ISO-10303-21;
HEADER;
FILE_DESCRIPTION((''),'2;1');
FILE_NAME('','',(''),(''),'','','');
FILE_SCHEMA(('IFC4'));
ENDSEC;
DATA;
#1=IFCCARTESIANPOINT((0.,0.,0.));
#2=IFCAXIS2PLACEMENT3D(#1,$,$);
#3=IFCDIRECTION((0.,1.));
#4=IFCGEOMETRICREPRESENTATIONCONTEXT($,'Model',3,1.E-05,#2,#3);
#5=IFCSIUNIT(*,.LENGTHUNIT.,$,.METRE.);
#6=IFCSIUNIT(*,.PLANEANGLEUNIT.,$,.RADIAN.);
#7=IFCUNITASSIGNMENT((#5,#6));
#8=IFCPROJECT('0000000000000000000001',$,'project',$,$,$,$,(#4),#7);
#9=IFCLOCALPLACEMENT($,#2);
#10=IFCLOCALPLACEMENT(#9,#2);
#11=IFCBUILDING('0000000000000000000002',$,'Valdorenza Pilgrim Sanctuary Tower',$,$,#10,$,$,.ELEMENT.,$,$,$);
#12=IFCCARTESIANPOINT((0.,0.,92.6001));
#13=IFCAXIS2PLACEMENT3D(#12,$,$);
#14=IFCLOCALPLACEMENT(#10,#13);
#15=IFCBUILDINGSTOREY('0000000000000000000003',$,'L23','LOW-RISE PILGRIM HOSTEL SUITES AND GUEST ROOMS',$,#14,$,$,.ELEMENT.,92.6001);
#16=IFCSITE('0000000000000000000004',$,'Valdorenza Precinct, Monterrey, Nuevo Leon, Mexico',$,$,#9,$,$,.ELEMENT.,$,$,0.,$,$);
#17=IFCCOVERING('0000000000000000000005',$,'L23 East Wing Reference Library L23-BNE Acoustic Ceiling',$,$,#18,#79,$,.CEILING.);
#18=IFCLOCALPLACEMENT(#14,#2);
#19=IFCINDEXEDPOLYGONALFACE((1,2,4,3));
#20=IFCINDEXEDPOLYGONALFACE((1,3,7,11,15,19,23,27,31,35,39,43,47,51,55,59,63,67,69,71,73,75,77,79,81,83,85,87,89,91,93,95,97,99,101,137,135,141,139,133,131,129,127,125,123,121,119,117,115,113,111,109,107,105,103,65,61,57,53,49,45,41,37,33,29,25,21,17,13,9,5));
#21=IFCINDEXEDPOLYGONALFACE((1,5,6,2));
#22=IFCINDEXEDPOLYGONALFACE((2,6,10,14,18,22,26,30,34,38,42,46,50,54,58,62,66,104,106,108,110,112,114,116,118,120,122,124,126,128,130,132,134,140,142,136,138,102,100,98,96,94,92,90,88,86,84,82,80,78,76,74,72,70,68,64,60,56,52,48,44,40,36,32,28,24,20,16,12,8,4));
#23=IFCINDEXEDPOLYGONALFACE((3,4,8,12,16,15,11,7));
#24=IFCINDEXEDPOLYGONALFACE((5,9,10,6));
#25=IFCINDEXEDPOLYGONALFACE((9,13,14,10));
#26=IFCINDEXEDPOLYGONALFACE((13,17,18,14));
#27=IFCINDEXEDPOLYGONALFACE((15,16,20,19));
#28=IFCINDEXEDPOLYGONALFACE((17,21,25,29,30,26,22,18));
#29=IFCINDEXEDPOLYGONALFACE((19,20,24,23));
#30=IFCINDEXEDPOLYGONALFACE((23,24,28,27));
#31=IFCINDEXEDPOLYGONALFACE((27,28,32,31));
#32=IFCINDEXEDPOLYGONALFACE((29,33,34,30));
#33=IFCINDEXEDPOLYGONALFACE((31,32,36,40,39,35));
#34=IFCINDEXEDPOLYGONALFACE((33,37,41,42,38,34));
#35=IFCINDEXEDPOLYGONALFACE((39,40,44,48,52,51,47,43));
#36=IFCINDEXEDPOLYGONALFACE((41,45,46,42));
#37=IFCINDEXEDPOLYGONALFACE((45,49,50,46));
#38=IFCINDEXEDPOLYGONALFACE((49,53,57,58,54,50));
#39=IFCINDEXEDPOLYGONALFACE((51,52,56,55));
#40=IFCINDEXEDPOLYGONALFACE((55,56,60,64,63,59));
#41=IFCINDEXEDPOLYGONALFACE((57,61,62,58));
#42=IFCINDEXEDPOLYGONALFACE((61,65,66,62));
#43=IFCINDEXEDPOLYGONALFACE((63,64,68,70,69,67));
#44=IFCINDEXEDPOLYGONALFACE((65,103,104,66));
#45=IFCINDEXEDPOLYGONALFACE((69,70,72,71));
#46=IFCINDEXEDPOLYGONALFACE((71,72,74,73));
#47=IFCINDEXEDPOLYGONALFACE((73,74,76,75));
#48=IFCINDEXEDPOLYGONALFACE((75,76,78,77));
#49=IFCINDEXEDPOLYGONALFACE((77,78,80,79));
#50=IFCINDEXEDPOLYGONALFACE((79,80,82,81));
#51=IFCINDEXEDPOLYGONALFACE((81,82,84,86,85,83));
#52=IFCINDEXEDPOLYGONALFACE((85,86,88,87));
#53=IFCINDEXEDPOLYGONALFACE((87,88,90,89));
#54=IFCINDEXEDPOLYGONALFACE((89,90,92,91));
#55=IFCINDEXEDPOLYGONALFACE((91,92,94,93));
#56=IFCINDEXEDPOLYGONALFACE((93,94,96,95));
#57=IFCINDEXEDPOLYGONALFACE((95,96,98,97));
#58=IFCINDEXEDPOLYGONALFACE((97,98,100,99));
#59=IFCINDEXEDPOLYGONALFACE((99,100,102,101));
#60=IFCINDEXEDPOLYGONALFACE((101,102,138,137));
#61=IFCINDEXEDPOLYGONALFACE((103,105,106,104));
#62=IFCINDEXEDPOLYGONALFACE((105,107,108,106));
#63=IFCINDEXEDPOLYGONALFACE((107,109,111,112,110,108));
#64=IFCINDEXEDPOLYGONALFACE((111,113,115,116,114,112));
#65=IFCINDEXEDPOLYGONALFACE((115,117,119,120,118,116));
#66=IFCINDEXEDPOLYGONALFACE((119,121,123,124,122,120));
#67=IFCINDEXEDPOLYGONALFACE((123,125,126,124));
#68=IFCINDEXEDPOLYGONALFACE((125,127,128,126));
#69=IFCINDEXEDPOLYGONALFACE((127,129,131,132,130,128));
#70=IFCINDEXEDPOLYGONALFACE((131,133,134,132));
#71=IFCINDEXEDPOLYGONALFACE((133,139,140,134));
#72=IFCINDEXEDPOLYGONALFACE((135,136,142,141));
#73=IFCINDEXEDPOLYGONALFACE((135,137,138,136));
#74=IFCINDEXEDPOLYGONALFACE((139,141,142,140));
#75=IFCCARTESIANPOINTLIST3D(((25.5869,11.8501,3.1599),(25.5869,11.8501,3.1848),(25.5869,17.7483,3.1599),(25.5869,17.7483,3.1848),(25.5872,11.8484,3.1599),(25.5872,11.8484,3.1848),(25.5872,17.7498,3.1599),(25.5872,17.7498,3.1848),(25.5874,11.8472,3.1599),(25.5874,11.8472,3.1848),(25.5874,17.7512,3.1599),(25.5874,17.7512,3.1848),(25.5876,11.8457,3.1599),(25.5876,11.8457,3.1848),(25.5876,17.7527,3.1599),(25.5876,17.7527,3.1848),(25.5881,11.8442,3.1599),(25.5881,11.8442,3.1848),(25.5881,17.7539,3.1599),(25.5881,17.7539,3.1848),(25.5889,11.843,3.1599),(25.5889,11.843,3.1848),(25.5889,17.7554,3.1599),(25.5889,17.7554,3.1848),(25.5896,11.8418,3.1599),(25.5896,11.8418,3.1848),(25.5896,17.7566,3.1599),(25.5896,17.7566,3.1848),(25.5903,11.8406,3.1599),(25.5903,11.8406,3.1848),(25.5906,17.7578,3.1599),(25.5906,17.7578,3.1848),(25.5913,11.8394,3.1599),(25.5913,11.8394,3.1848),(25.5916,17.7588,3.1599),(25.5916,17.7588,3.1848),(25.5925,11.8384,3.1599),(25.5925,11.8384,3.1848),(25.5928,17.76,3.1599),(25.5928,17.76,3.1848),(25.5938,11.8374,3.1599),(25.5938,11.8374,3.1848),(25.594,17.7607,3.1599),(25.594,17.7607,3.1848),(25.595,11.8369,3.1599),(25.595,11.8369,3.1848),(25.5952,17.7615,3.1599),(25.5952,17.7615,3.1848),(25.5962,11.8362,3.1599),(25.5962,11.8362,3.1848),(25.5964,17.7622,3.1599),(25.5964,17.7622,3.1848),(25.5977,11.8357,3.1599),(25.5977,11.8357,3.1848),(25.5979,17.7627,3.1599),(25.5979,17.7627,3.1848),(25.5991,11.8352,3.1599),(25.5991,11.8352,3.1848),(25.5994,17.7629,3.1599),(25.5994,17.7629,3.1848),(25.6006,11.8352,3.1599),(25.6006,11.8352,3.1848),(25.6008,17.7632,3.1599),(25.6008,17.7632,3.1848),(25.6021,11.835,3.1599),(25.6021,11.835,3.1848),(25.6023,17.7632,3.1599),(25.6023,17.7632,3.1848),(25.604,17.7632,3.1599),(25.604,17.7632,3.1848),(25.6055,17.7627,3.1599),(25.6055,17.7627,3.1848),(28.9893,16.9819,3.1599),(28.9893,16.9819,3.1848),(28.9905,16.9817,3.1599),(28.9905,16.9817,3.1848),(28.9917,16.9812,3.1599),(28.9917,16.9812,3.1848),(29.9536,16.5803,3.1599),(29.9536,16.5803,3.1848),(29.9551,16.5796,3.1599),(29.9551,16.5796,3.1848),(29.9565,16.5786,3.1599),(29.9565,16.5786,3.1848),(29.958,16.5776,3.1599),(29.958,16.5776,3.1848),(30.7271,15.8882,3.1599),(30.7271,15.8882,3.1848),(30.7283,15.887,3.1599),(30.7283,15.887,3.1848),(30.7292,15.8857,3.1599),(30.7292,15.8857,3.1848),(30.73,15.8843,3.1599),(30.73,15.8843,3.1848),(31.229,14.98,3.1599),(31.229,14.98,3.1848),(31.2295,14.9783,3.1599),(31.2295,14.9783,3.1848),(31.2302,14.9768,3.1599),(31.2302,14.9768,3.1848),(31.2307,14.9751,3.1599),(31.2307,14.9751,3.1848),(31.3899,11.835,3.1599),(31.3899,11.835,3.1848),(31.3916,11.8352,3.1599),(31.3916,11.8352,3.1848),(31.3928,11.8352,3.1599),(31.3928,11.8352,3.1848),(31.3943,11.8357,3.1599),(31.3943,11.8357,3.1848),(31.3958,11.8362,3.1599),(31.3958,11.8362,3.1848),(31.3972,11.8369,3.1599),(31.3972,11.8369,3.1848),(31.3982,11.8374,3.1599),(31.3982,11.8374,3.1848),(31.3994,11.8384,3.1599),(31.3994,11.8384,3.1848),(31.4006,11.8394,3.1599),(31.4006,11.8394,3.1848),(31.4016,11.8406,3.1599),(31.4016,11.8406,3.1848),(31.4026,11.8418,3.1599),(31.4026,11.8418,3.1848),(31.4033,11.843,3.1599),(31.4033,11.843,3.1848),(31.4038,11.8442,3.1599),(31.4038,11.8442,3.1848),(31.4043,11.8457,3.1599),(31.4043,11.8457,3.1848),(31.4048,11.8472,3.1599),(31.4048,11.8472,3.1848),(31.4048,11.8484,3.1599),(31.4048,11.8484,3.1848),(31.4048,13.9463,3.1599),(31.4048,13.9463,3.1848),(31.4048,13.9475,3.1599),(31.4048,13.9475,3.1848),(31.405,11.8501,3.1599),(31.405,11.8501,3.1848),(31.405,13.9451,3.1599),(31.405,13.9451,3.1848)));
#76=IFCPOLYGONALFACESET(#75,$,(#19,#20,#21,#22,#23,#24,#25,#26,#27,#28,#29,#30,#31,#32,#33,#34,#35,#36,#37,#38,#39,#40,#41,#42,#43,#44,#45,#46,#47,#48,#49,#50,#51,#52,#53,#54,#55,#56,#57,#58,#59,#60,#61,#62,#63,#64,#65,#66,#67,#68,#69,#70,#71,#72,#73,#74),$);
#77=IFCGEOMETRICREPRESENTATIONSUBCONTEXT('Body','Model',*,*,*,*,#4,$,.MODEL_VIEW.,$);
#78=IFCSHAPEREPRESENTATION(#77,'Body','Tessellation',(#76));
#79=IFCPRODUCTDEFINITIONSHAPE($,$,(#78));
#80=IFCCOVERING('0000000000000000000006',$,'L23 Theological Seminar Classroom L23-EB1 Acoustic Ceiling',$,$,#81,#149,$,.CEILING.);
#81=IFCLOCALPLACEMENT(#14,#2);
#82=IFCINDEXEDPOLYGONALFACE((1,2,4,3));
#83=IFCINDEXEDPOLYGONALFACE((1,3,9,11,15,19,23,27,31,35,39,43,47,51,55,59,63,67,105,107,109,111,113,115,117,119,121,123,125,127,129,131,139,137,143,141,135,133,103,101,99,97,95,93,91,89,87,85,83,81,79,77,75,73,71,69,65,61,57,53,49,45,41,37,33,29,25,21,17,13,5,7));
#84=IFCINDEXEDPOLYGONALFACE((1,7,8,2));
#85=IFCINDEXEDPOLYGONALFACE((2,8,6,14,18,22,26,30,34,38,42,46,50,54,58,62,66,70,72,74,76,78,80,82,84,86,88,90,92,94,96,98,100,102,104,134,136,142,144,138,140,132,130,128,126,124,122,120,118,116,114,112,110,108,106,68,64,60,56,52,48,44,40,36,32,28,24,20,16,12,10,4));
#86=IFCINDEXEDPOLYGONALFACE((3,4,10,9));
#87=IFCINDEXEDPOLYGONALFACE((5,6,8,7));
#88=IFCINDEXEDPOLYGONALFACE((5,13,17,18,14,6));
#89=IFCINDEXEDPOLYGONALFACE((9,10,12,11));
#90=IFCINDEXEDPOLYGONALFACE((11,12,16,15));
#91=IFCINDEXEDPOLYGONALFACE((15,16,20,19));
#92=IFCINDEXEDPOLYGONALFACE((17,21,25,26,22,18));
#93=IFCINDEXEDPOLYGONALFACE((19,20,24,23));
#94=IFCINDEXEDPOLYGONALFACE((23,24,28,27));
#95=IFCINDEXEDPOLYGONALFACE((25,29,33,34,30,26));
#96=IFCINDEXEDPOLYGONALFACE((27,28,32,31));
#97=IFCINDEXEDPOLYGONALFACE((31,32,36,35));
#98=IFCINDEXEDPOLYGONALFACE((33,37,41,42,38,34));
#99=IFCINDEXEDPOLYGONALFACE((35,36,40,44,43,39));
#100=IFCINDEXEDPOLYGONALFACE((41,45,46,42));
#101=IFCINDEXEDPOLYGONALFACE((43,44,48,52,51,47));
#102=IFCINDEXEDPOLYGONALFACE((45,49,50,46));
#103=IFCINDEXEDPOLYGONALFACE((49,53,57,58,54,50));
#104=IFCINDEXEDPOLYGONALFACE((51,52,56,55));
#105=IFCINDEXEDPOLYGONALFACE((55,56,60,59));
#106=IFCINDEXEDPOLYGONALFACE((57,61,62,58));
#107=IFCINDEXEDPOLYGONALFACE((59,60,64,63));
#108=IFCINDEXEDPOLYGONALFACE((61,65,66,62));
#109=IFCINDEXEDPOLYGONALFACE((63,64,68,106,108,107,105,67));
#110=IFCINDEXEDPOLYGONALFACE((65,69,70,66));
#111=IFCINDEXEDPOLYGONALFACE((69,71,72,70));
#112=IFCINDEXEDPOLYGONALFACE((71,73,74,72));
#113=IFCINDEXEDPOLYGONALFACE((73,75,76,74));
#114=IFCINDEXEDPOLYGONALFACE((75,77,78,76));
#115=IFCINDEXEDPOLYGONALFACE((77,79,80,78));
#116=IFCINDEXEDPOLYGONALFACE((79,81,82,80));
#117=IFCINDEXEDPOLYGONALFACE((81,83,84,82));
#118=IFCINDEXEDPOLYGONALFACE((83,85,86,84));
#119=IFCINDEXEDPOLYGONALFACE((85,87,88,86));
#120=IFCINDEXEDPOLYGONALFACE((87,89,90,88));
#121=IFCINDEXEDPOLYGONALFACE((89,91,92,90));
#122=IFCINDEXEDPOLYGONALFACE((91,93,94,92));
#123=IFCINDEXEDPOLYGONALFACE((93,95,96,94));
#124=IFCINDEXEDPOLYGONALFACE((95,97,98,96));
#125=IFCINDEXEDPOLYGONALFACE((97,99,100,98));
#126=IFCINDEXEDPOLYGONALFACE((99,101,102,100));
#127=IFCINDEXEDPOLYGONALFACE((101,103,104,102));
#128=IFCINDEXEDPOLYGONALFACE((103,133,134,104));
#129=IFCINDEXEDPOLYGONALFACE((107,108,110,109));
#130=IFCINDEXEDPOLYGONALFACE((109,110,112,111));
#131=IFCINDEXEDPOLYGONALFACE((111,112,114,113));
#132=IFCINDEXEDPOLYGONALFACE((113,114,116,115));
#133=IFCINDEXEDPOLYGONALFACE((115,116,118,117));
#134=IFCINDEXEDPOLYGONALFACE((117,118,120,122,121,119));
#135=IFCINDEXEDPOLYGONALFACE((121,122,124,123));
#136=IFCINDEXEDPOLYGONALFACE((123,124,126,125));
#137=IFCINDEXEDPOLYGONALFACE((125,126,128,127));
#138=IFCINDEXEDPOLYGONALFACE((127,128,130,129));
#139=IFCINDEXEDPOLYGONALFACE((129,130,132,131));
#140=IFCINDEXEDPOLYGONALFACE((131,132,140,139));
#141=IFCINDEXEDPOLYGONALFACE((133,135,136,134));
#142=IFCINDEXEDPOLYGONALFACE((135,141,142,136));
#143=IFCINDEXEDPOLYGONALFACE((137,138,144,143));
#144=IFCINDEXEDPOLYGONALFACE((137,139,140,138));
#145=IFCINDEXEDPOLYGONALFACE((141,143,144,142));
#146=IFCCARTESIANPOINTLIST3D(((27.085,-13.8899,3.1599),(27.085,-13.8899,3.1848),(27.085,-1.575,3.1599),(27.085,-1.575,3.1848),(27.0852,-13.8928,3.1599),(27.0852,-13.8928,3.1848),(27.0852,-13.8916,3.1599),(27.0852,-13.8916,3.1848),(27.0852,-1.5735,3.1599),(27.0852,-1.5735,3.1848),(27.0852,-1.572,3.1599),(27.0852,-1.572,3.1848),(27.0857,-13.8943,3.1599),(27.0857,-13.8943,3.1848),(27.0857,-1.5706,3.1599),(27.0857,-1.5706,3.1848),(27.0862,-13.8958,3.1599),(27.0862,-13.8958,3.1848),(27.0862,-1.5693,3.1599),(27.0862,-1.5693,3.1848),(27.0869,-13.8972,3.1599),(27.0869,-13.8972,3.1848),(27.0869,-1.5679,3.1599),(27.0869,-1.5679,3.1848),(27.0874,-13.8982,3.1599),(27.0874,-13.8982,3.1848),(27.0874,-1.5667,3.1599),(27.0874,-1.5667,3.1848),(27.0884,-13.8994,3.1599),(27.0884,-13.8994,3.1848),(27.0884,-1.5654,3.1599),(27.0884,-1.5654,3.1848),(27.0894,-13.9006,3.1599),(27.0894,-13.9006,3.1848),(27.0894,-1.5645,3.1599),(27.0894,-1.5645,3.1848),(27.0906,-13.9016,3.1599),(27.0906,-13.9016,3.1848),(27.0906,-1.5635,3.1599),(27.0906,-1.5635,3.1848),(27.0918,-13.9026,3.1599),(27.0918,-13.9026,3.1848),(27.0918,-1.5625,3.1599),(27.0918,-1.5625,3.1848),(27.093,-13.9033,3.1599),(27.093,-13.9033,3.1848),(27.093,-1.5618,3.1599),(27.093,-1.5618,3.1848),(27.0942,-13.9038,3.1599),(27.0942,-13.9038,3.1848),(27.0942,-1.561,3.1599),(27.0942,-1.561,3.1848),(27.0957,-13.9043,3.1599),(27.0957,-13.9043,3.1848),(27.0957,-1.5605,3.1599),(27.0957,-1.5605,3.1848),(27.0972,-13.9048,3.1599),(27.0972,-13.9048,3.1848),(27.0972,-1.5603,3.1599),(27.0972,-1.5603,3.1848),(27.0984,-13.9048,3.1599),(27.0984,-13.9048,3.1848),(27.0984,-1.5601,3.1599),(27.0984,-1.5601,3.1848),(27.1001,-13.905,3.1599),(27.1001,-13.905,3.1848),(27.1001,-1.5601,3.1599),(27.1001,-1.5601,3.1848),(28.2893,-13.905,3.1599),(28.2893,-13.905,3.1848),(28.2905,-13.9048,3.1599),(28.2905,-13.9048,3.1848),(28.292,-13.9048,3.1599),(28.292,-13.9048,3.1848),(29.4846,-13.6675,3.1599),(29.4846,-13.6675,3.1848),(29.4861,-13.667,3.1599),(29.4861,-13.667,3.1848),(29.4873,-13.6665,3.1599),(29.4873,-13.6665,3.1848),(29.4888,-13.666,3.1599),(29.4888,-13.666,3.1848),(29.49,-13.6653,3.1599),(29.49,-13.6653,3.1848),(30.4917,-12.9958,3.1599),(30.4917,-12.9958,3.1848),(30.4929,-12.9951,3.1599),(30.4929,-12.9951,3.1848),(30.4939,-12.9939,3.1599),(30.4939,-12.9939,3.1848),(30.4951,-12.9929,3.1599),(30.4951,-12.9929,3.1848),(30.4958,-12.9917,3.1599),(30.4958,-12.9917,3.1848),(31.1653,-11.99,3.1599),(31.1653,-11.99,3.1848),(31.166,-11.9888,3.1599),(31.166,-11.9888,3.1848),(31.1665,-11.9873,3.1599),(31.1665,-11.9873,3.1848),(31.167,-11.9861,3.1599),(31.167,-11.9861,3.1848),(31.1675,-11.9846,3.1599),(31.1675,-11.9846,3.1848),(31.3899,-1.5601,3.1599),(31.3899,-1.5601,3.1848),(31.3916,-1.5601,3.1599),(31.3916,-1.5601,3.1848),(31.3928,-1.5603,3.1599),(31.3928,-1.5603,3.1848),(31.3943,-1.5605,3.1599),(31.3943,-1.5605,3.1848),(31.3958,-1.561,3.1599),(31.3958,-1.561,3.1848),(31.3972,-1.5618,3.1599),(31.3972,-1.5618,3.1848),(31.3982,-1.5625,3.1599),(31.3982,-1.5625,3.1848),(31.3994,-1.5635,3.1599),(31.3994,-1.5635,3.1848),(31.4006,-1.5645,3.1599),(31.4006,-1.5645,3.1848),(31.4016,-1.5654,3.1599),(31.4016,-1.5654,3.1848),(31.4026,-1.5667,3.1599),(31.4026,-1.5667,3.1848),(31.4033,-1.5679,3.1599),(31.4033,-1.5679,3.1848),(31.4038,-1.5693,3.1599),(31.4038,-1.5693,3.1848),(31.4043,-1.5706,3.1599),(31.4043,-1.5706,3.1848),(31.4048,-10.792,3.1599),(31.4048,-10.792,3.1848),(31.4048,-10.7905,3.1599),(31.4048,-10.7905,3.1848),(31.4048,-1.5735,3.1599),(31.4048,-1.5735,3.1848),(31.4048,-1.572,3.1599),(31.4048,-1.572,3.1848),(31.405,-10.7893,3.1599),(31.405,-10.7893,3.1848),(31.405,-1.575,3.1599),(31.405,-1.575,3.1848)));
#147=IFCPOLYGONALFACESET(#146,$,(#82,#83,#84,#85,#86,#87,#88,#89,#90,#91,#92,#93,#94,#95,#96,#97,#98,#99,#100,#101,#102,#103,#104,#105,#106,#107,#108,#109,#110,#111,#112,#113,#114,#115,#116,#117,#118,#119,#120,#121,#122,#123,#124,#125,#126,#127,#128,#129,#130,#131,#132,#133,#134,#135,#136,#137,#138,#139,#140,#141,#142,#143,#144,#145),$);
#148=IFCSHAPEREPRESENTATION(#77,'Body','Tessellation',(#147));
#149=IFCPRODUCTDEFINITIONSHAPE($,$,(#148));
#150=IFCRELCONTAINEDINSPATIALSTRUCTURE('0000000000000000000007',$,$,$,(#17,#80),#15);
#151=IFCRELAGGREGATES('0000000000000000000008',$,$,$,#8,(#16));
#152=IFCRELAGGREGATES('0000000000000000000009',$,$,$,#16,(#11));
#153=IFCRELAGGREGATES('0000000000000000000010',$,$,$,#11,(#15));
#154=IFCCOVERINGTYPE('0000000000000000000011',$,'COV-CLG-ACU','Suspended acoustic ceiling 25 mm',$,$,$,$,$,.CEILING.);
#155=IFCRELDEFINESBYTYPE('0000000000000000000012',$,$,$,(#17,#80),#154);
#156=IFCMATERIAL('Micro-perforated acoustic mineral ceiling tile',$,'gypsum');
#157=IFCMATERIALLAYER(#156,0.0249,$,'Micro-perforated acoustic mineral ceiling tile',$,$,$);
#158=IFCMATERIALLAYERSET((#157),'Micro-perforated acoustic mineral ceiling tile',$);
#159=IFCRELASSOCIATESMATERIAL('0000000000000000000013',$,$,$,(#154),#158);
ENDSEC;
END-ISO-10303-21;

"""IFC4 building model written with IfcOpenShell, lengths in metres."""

from ifc_helpers import new_model, si_unit, direction, frame, origin, place, context, subcontext, project, spatial, polyline, outline, extrude, material, layer, layer_set, type_object, element, save


model = new_model("IFC4")

# Units and contexts
model_context = context("Model", 3, precision=1e-05, world=origin(), true_north=direction((0.0, 1.0)))
body_context = subcontext(model_context, "Body", "Model", "MODEL_VIEW")
ifc_project = project(units=[si_unit("LENGTHUNIT", "METRE"), si_unit("PLANEANGLEUNIT", "RADIAN")], contexts=[model_context])

# Site, building, storey
site_placement = place(None, origin())
site = spatial("IfcSite", under=ifc_project, at=site_placement, Name="Valdorenza Precinct, Monterrey, Nuevo Leon, Mexico", CompositionType="ELEMENT", RefElevation=0.0)
building_placement = place(site_placement, origin())
building = spatial("IfcBuilding", under=site, at=building_placement, Name="Valdorenza Pilgrim Sanctuary Tower", CompositionType="ELEMENT")
storey_placement = place(building_placement, frame((0.0, 0.0, 92.6001)))
storey = spatial("IfcBuildingStorey", under=building, at=storey_placement, Name="L23", Description="LOW-RISE PILGRIM HOSTEL SUITES AND GUEST ROOMS", CompositionType="ELEMENT", Elevation=92.6001)

# Coverings
ifc_material_1 = material(Name="Micro-perforated acoustic mineral ceiling tile", Category="gypsum")
ifc_layer_1 = layer(ifc_material_1, 0.0249, Name="Micro-perforated acoustic mineral ceiling tile")
ifc_layer_set_1 = layer_set([ifc_layer_1], Name="Micro-perforated acoustic mineral ceiling tile")
covering_type_1 = type_object("IfcCoveringType", Name="COV-CLG-ACU", Description="Suspended acoustic ceiling 25 mm", PredefinedType="CEILING", material=ifc_layer_set_1)
covering_1_placement = place(storey_placement, frame((0.0, 0.0, 3.1599)))
element("IfcCovering", 1, at=covering_1_placement, inside=storey, type_object=covering_type_1, Name="L23 East Wing Reference Library L23-BNE Acoustic Ceiling", PredefinedType="CEILING", context=body_context, shape_type="SweptSolid", body=[
    extrude(outline(polyline([(28.9893, 16.9819), (28.9905, 16.9817), (28.9917, 16.9812), (29.9536, 16.5803), (29.9551, 16.5796), (29.9565, 16.5786), (29.958, 16.5776), (30.7271, 15.8882), (30.7283, 15.887), (30.7292, 15.8857), (30.73, 15.8843), (31.229, 14.98), (31.2295, 14.9783), (31.2302, 14.9768), (31.2307, 14.9751), (31.4048, 13.9475), (31.4048, 13.9463), (31.405, 13.9451), (31.405, 11.8501), (31.4048, 11.8484), (31.4048, 11.8472), (31.4043, 11.8457), (31.4038, 11.8442), (31.4033, 11.843), (31.4026, 11.8418), (31.4016, 11.8406), (31.4006, 11.8394), (31.3994, 11.8384), (31.3982, 11.8374), (31.3972, 11.8369), (31.3958, 11.8362), (31.3943, 11.8357), (31.3928, 11.8352), (31.3916, 11.8352), (31.3899, 11.835), (25.6021, 11.835), (25.6006, 11.8352), (25.5991, 11.8352), (25.5977, 11.8357), (25.5962, 11.8362), (25.595, 11.8369), (25.5938, 11.8374), (25.5925, 11.8384), (25.5913, 11.8394), (25.5903, 11.8406), (25.5896, 11.8418), (25.5889, 11.843), (25.5881, 11.8442), (25.5876, 11.8457), (25.5874, 11.8472), (25.5872, 11.8484), (25.5869, 11.8501), (25.5869, 17.7483), (25.5872, 17.7498), (25.5874, 17.7512), (25.5876, 17.7527), (25.5881, 17.7539), (25.5889, 17.7554), (25.5896, 17.7566), (25.5906, 17.7578), (25.5916, 17.7588), (25.5928, 17.76), (25.594, 17.7607), (25.5952, 17.7615), (25.5964, 17.7622), (25.5979, 17.7627), (25.5994, 17.7629), (25.6008, 17.7632), (25.6023, 17.7632), (25.604, 17.7632), (25.6055, 17.7627), (28.9893, 16.9819)])), origin(), (0.0, 0.0, 1.0), 0.0249),
])
covering_2_placement = place(storey_placement, frame((0.0, 0.0, 3.1599)))
element("IfcCovering", 2, at=covering_2_placement, inside=storey, type_object=covering_type_1, Name="L23 Theological Seminar Classroom L23-EB1 Acoustic Ceiling", PredefinedType="CEILING", context=body_context, shape_type="SweptSolid", body=[
    extrude(outline(polyline([(31.3899, -1.5601), (31.3916, -1.5601), (31.3928, -1.5603), (31.3943, -1.5605), (31.3958, -1.561), (31.3972, -1.5618), (31.3982, -1.5625), (31.3994, -1.5635), (31.4006, -1.5645), (31.4016, -1.5654), (31.4026, -1.5667), (31.4033, -1.5679), (31.4038, -1.5693), (31.4043, -1.5706), (31.4048, -1.572), (31.4048, -1.5735), (31.405, -1.575), (31.405, -10.7893), (31.4048, -10.7905), (31.4048, -10.792), (31.1675, -11.9846), (31.167, -11.9861), (31.1665, -11.9873), (31.166, -11.9888), (31.1653, -11.99), (30.4958, -12.9917), (30.4951, -12.9929), (30.4939, -12.9939), (30.4929, -12.9951), (30.4917, -12.9958), (29.49, -13.6653), (29.4888, -13.666), (29.4873, -13.6665), (29.4861, -13.667), (29.4846, -13.6675), (28.292, -13.9048), (28.2905, -13.9048), (28.2893, -13.905), (27.1001, -13.905), (27.0984, -13.9048), (27.0972, -13.9048), (27.0957, -13.9043), (27.0942, -13.9038), (27.093, -13.9033), (27.0918, -13.9026), (27.0906, -13.9016), (27.0894, -13.9006), (27.0884, -13.8994), (27.0874, -13.8982), (27.0869, -13.8972), (27.0862, -13.8958), (27.0857, -13.8943), (27.0852, -13.8928), (27.0852, -13.8916), (27.085, -13.8899), (27.085, -1.575), (27.0852, -1.5735), (27.0852, -1.572), (27.0857, -1.5706), (27.0862, -1.5693), (27.0869, -1.5679), (27.0874, -1.5667), (27.0884, -1.5654), (27.0894, -1.5645), (27.0906, -1.5635), (27.0918, -1.5625), (27.093, -1.5618), (27.0942, -1.561), (27.0957, -1.5605), (27.0972, -1.5603), (27.0984, -1.5601), (27.1001, -1.5601), (31.3899, -1.5601)])), origin(), (0.0, 0.0, 1.0), 0.0249),
])

save(model, "model.ifc")
